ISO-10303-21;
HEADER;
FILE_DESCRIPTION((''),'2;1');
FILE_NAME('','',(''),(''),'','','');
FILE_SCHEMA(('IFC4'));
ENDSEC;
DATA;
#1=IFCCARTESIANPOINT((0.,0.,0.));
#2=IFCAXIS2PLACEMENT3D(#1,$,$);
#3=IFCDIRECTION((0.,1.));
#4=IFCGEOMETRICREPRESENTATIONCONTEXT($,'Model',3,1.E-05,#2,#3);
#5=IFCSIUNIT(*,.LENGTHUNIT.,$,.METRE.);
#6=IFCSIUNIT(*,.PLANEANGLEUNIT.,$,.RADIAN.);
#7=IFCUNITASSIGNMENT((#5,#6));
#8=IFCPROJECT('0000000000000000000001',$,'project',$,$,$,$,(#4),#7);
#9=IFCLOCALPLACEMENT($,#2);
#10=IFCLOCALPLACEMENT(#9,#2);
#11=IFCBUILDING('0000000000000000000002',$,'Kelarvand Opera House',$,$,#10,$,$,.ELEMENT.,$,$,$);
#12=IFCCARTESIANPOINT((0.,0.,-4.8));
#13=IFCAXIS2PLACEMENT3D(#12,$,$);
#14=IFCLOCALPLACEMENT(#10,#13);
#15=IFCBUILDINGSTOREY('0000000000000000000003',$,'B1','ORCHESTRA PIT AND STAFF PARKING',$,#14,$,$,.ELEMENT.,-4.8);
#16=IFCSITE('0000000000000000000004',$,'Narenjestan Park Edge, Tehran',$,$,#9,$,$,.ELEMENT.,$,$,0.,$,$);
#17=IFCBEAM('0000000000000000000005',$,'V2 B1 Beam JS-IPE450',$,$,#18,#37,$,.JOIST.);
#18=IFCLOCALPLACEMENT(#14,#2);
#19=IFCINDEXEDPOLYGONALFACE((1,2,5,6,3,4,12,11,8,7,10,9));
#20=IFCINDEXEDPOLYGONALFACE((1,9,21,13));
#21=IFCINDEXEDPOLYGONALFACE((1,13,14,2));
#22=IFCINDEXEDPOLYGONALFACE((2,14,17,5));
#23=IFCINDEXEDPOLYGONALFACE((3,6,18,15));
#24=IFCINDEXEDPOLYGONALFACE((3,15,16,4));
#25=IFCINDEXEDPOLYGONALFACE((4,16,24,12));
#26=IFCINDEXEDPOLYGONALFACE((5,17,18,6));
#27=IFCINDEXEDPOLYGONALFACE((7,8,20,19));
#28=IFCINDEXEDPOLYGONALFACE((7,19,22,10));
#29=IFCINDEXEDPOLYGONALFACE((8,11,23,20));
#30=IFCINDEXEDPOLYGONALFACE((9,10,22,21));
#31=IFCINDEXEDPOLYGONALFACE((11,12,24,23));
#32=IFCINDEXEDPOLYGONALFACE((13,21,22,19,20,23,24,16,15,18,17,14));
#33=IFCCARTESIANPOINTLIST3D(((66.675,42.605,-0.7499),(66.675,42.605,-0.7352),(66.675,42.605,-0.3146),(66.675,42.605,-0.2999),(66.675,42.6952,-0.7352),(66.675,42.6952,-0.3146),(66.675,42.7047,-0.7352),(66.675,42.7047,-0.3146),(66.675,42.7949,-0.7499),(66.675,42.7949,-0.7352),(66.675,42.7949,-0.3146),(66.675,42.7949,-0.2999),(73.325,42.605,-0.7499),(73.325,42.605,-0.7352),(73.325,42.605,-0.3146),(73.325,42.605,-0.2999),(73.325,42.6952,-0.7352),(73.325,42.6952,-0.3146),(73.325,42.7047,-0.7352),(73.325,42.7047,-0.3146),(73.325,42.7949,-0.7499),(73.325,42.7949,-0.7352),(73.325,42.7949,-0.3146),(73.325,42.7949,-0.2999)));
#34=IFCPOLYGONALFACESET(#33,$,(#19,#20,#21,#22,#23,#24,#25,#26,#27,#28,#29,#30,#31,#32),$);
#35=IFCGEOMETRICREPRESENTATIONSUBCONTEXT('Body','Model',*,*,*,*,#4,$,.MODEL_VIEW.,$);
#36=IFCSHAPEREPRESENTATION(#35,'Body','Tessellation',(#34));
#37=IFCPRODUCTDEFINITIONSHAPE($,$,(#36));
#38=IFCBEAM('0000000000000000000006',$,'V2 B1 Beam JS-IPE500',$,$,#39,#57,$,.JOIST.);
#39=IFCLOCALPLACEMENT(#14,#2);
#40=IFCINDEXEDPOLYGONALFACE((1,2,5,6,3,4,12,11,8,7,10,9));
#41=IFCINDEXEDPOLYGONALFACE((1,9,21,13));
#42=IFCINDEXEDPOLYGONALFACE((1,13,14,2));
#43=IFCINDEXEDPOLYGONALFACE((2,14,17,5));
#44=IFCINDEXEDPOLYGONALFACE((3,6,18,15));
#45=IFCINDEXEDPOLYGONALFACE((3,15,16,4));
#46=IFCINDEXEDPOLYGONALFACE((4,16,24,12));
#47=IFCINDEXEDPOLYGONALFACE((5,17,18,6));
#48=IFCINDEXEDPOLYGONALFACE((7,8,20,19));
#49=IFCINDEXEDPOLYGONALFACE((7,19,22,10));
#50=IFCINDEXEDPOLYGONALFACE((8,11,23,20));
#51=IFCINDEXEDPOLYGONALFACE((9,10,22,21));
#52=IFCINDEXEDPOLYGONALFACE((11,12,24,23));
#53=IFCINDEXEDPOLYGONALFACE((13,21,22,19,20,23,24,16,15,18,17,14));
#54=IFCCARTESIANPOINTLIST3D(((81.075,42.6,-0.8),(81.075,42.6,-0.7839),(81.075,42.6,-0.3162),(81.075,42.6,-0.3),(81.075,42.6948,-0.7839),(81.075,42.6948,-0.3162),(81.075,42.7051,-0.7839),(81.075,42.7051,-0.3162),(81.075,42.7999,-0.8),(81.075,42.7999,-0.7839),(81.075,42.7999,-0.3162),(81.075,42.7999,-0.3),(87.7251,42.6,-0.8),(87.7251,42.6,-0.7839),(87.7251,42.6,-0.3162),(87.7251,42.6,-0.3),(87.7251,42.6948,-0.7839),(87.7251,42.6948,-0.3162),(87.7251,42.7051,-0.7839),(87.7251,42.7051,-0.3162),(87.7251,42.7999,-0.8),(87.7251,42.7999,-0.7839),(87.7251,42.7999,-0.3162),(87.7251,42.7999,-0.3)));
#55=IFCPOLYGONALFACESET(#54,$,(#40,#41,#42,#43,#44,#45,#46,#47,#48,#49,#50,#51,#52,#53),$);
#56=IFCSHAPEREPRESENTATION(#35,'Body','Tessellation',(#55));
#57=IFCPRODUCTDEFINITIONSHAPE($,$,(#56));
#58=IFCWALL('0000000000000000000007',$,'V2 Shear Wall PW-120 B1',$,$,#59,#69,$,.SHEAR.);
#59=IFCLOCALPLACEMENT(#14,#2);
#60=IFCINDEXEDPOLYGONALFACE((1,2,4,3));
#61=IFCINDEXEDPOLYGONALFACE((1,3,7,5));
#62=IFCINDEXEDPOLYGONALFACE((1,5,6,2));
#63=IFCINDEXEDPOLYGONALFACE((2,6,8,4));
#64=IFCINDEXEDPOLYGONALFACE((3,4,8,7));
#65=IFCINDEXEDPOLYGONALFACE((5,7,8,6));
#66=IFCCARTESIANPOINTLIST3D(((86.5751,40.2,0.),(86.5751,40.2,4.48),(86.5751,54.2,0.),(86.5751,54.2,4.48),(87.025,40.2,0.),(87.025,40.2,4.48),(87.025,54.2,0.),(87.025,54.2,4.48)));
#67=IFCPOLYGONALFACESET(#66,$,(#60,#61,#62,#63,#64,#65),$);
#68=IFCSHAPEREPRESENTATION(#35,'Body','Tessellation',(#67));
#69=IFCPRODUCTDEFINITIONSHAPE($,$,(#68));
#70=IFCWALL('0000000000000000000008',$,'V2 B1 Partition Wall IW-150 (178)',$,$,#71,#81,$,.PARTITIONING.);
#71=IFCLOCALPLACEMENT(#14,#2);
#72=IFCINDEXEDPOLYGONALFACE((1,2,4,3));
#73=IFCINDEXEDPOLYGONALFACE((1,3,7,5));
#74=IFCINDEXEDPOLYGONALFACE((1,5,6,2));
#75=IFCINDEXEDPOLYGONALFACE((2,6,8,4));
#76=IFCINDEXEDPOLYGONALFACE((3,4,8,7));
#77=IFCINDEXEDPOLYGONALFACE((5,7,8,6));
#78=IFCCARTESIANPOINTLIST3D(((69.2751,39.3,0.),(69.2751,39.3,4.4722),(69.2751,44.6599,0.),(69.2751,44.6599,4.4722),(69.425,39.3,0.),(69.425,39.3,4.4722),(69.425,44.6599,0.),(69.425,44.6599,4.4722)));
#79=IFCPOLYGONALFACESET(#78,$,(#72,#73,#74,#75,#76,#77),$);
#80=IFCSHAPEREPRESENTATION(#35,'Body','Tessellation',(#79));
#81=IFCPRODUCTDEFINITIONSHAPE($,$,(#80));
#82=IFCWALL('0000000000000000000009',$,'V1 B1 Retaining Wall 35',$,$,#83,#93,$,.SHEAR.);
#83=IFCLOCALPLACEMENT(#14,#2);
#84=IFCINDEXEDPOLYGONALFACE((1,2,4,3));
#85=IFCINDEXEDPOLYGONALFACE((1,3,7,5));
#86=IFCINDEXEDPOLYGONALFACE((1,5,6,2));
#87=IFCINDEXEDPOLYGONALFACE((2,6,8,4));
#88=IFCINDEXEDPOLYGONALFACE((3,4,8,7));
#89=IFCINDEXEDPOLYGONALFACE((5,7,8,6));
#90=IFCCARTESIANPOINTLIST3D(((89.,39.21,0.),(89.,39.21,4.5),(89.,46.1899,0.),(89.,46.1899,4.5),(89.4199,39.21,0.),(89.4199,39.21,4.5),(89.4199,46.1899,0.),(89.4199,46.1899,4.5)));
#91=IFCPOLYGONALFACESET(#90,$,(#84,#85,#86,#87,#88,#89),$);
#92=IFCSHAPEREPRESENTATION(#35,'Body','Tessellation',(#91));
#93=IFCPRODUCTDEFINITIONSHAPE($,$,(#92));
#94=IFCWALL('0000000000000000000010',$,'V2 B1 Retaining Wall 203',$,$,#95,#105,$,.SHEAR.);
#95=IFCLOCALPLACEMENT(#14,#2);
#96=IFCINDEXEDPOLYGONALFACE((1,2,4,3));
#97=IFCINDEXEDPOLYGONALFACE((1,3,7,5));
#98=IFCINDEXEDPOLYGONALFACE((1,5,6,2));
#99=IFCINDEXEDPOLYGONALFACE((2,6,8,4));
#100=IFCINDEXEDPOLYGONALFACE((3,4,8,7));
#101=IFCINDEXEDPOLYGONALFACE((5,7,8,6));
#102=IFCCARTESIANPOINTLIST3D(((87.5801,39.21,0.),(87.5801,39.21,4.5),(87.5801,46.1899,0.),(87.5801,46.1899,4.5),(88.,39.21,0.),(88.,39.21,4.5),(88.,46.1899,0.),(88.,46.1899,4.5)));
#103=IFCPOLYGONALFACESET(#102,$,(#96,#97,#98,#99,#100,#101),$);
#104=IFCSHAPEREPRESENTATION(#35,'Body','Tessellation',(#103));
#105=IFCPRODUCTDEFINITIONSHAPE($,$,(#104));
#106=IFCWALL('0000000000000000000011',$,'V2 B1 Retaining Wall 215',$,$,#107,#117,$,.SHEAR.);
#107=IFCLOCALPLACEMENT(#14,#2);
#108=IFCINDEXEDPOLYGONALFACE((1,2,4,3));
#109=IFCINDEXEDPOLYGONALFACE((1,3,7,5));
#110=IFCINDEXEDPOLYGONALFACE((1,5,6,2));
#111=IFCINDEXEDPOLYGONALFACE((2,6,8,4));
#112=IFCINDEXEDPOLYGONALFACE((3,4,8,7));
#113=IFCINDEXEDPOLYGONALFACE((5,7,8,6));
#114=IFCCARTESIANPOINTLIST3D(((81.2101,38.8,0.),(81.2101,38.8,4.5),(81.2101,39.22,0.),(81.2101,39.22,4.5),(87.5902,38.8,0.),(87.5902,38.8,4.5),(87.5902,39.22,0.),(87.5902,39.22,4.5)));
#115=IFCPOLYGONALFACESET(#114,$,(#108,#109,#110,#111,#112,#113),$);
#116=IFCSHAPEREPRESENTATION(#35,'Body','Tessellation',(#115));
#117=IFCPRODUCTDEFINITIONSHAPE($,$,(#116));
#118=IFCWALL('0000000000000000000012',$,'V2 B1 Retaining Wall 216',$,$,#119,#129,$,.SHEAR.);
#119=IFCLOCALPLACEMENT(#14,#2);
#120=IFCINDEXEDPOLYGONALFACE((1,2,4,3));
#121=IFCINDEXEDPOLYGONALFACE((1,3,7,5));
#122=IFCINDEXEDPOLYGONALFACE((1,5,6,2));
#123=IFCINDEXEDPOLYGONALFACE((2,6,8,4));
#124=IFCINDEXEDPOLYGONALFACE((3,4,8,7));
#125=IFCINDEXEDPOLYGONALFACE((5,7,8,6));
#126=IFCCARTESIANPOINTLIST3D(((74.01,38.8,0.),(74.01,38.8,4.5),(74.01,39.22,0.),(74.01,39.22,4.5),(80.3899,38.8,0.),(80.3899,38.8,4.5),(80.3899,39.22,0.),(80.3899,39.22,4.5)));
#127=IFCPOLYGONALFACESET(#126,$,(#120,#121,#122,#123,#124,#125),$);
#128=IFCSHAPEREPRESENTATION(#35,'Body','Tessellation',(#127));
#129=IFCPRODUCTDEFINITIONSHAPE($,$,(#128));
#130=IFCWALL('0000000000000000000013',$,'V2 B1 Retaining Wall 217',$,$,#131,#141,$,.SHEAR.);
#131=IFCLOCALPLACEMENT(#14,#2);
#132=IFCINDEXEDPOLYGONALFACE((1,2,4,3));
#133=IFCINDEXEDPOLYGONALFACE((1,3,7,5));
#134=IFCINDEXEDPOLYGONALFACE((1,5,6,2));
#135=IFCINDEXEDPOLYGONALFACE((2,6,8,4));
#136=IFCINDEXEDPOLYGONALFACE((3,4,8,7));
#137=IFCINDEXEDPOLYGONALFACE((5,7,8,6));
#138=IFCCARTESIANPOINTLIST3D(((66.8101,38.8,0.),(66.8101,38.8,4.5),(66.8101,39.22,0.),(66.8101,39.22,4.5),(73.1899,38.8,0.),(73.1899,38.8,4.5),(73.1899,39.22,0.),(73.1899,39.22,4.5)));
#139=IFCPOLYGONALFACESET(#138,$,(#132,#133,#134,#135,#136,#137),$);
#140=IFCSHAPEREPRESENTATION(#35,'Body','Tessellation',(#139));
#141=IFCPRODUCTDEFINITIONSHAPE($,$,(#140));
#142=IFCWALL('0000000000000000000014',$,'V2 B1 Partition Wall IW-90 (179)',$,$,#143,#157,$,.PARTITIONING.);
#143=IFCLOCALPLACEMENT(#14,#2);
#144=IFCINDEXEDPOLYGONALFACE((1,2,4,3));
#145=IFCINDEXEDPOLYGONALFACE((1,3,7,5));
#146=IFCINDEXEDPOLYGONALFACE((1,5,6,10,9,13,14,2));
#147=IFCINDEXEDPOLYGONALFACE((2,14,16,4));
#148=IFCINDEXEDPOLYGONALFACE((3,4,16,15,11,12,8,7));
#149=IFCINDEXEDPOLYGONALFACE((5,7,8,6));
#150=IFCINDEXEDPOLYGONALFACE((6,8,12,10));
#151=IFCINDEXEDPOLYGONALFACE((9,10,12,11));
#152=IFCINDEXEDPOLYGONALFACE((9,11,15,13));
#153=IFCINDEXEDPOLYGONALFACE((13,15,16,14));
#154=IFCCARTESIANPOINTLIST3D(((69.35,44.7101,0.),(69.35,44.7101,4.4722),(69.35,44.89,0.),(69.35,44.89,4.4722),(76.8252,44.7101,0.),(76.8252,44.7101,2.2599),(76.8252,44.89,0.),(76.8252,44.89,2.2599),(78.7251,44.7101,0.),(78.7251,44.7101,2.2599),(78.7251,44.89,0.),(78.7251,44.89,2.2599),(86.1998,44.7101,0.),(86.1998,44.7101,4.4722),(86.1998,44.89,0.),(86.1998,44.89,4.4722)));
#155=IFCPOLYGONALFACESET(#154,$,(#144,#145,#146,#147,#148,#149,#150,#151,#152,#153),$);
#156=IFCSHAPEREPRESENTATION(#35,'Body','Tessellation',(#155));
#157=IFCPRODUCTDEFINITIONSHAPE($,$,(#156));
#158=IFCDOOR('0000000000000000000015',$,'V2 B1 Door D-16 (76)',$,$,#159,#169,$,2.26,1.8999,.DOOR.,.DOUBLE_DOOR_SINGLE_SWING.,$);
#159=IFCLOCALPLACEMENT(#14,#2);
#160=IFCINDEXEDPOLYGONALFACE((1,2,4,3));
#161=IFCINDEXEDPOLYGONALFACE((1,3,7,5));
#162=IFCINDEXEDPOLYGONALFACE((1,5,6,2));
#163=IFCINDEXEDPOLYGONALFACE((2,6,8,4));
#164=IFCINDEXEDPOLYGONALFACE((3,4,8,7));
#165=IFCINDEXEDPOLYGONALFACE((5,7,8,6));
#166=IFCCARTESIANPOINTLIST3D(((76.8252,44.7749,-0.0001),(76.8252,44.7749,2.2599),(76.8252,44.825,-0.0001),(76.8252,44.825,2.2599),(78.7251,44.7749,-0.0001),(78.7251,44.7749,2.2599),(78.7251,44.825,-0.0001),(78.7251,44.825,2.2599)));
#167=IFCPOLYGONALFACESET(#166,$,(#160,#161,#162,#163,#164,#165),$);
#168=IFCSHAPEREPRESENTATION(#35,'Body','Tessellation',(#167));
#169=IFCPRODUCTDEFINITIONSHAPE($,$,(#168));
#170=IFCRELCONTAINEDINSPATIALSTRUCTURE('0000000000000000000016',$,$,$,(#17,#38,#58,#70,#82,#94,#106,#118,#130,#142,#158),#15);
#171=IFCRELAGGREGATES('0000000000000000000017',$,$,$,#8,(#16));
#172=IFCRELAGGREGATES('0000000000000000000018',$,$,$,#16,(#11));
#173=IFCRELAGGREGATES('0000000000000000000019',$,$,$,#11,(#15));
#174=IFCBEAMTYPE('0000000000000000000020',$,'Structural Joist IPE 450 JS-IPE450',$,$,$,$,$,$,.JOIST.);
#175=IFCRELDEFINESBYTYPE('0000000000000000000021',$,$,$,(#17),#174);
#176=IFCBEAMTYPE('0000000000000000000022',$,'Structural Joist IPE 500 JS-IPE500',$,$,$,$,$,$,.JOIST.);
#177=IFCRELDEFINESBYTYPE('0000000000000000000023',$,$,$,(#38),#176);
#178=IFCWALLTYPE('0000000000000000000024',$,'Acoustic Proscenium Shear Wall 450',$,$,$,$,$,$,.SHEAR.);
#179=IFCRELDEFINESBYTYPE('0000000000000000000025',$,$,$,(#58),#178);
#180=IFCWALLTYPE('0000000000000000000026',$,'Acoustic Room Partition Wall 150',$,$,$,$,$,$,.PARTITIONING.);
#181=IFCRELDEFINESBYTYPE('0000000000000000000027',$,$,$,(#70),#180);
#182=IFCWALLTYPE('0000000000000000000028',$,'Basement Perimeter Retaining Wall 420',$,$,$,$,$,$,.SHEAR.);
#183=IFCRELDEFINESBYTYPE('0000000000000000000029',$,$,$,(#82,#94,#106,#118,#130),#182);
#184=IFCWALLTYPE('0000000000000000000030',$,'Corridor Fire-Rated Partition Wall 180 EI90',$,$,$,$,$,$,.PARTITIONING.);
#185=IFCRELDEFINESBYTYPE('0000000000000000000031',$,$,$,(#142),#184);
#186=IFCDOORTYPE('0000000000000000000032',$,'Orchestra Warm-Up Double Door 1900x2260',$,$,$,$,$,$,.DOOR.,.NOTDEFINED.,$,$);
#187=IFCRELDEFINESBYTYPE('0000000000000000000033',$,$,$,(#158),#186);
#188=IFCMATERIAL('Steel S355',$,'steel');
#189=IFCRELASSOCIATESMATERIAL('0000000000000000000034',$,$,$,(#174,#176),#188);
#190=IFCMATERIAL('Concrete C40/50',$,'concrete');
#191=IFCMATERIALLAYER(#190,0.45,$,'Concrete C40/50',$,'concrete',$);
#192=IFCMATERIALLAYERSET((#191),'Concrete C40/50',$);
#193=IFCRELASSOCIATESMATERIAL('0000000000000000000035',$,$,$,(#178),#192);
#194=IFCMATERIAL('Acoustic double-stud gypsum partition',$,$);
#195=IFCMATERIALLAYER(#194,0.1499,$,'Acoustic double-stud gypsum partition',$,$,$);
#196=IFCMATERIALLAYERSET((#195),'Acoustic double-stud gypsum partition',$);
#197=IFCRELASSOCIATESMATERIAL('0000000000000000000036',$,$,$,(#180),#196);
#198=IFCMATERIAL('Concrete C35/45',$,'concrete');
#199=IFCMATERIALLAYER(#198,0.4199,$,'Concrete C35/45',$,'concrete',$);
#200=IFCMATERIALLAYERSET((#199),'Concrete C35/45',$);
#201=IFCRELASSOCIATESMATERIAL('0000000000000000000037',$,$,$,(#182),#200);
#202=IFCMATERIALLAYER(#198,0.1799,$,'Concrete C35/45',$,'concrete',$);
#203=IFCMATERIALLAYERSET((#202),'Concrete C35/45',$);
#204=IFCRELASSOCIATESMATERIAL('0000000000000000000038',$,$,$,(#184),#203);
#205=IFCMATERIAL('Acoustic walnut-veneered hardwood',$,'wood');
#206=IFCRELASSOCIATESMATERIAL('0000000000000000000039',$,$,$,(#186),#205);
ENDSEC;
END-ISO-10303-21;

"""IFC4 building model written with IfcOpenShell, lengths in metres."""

from ifc_helpers import new_model, si_unit, direction, frame, frame_2d, origin, origin_2d, place, context, subcontext, project, spatial, rectangle, i_section, extrude, material, layer, layer_set, material_profile, profile_set, type_object, element, fill, save


model = new_model("IFC4")

# Units and contexts
model_context = context("Model", 3, precision=1e-05, world=origin(), true_north=direction((0.0, 1.0)))
body_context = subcontext(model_context, "Body", "Model", "MODEL_VIEW")
ifc_project = project(units=[si_unit("LENGTHUNIT", "METRE"), si_unit("PLANEANGLEUNIT", "RADIAN")], contexts=[model_context])

# Site, building, storey
site_placement = place(None, origin())
site = spatial("IfcSite", under=ifc_project, at=site_placement, Name="Narenjestan Park Edge, Tehran", CompositionType="ELEMENT", RefElevation=0.0)
building_placement = place(site_placement, origin())
building = spatial("IfcBuilding", under=site, at=building_placement, Name="Kelarvand Opera House", CompositionType="ELEMENT")
storey_placement = place(building_placement, frame((0.0, 0.0, -4.8)))
storey = spatial("IfcBuildingStorey", under=building, at=storey_placement, Name="B1", Description="ORCHESTRA PIT AND STAFF PARKING", CompositionType="ELEMENT", Elevation=-4.8)

# Shared definitions
ifc_material_1 = material(Name="Concrete C40/50", Category="concrete")

# Beams
ifc_material_2 = material(Name="Steel S355", Category="steel")
ifc_material_profile_1 = material_profile(ifc_material_2, i_section(OverallWidth=0.1899, OverallDepth=0.45, WebThickness=0.0095, FlangeThickness=0.0146, at=origin_2d()), Name="IPE 450", Category="steel")
ifc_profile_set_1 = profile_set([ifc_material_profile_1], Name="Steel S355")
beam_type_1 = type_object("IfcBeamType", Name="Structural Joist IPE 450 JS-IPE450", PredefinedType="JOIST", material=ifc_profile_set_1)
beam_1_placement = place(storey_placement, frame((66.675, 42.7, -0.5249), z_axis=(1.0, 0.0, 0.0), x_axis=(0.0, 1.0, 0.0)))
element("IfcBeam", 1, at=beam_1_placement, inside=storey, type_object=beam_type_1, Name="V2 B1 Beam JS-IPE450", PredefinedType="JOIST", context=body_context, shape_type="SweptSolid", body=[
    extrude(i_section(OverallWidth=0.1899, OverallDepth=0.45, WebThickness=0.0095, FlangeThickness=0.0146, at=origin_2d()), origin(), (0.0, 0.0, 1.0), 6.6499),
])
ifc_material_profile_2 = material_profile(ifc_material_2, i_section(OverallWidth=0.2, OverallDepth=0.5, WebThickness=0.0103, FlangeThickness=0.0161, at=origin_2d()), Name="IPE 500", Category="steel")
ifc_profile_set_2 = profile_set([ifc_material_profile_2], Name="Steel S355")
beam_type_2 = type_object("IfcBeamType", Name="Structural Joist IPE 500 JS-IPE500", PredefinedType="JOIST", material=ifc_profile_set_2)
beam_2_placement = place(storey_placement, frame((81.075, 42.7, -0.55), z_axis=(1.0, 0.0, 0.0), x_axis=(0.0, 1.0, 0.0)))
element("IfcBeam", 2, at=beam_2_placement, inside=storey, type_object=beam_type_2, Name="V2 B1 Beam JS-IPE500", PredefinedType="JOIST", context=body_context, shape_type="SweptSolid", body=[
    extrude(i_section(OverallWidth=0.2, OverallDepth=0.5, WebThickness=0.0103, FlangeThickness=0.0161, at=origin_2d()), origin(), (0.0, 0.0, 1.0), 6.6501),
])

# Walls
ifc_layer_1 = layer(ifc_material_1, 0.45, Name="Concrete C40/50", Category="concrete")
ifc_layer_set_1 = layer_set([ifc_layer_1], Name="Concrete C40/50")
wall_type_1 = type_object("IfcWallType", Name="Acoustic Proscenium Shear Wall 450", PredefinedType="SHEAR", material=ifc_layer_set_1)
wall_1_placement = place(storey_placement, frame((86.8, 40.2, 0.0), z_axis=(0.0, 0.0, 1.0), x_axis=(0.0, 1.0, 0.0)))
element("IfcWall", 3, at=wall_1_placement, inside=storey, type_object=wall_type_1, Name="V2 Shear Wall PW-120 B1", PredefinedType="SHEAR", context=body_context, shape_type="SweptSolid", body=[
    extrude(rectangle(XDim=14.0, YDim=0.45, at=frame_2d((7.0, 0.0))), origin(), (0.0, 0.0, 1.0), 4.48),
])
ifc_material_3 = material(Name="Acoustic double-stud gypsum partition")
ifc_layer_2 = layer(ifc_material_3, 0.1499, Name="Acoustic double-stud gypsum partition")
ifc_layer_set_2 = layer_set([ifc_layer_2], Name="Acoustic double-stud gypsum partition")
wall_type_2 = type_object("IfcWallType", Name="Acoustic Room Partition Wall 150", PredefinedType="PARTITIONING", material=ifc_layer_set_2)
wall_2_placement = place(storey_placement, frame((69.3501, 39.3, 0.0), z_axis=(0.0, 0.0, 1.0), x_axis=(0.0, 1.0, 0.0)))
element("IfcWall", 4, at=wall_2_placement, inside=storey, type_object=wall_type_2, Name="V2 B1 Partition Wall IW-150 (178)", PredefinedType="PARTITIONING", context=body_context, shape_type="SweptSolid", body=[
    extrude(rectangle(XDim=5.3599, YDim=0.1499, at=frame_2d((2.6799, 0.0))), origin(), (0.0, 0.0, 1.0), 4.4722),
])
ifc_material_4 = material(Name="Concrete C35/45", Category="concrete")
ifc_layer_3 = layer(ifc_material_4, 0.4199, Name="Concrete C35/45", Category="concrete")
ifc_layer_set_3 = layer_set([ifc_layer_3], Name="Concrete C35/45")
wall_type_3 = type_object("IfcWallType", Name="Basement Perimeter Retaining Wall 420", PredefinedType="SHEAR", material=ifc_layer_set_3)
for number, where, z_axis, x_axis, name in (
    (5, (89.21, 39.21, 0.0), (0.0, 0.0, 1.0), (0.0, 1.0, 0.0), "V1 B1 Retaining Wall 35"),
    (6, (87.79, 46.1899, 0.0), (0.0, 0.0, 1.0), (0.0, -1.0, 0.0), "V2 B1 Retaining Wall 203"),
):
    element("IfcWall", number, at=place(storey_placement, frame(where, z_axis=z_axis, x_axis=x_axis)), inside=storey, type_object=wall_type_3, Name=name, PredefinedType="SHEAR", context=body_context, shape_type="SweptSolid", body=[
        extrude(rectangle(XDim=6.98, YDim=0.4199, at=frame_2d((3.49, 0.0))), origin(), (0.0, 0.0, 1.0), 4.5),
    ])
wall_3_placement = place(storey_placement, frame((87.5901, 39.01, 0.0), z_axis=(0.0, 0.0, 1.0), x_axis=(-1.0, 0.0, 0.0)))
element("IfcWall", 7, at=wall_3_placement, inside=storey, type_object=wall_type_3, Name="V2 B1 Retaining Wall 215", PredefinedType="SHEAR", context=body_context, shape_type="SweptSolid", body=[
    extrude(rectangle(XDim=6.3801, YDim=0.4199, at=frame_2d((3.1899, 0.0))), origin(), (0.0, 0.0, 1.0), 4.5),
])
for number, where, z_axis, x_axis, name in (
    (8, (80.3899, 39.01, 0.0), (0.0, 0.0, 1.0), (-1.0, 0.0, 0.0), "V2 B1 Retaining Wall 216"),
    (9, (73.1899, 39.01, 0.0), (0.0, 0.0, 1.0), (-1.0, 0.0, 0.0), "V2 B1 Retaining Wall 217"),
):
    element("IfcWall", number, at=place(storey_placement, frame(where, z_axis=z_axis, x_axis=x_axis)), inside=storey, type_object=wall_type_3, Name=name, PredefinedType="SHEAR", context=body_context, shape_type="SweptSolid", body=[
        extrude(rectangle(XDim=6.3799, YDim=0.4199, at=frame_2d((3.1899, 0.0))), origin(), (0.0, 0.0, 1.0), 4.5),
    ])

# Wall, opening, door
ifc_layer_4 = layer(ifc_material_4, 0.1799, Name="Concrete C35/45", Category="concrete")
ifc_layer_set_4 = layer_set([ifc_layer_4], Name="Concrete C35/45")
wall_type_4 = type_object("IfcWallType", Name="Corridor Fire-Rated Partition Wall 180 EI90", PredefinedType="PARTITIONING", material=ifc_layer_set_4)
wall_4_placement = place(storey_placement, frame((69.3501, 44.8, 0.0), z_axis=(0.0, 0.0, 1.0), x_axis=(1.0, 0.0, 0.0)))
wall_4 = element("IfcWall", 10, at=wall_4_placement, inside=storey, type_object=wall_type_4, Name="V2 B1 Partition Wall IW-90 (179)", PredefinedType="PARTITIONING", context=body_context, shape_type="SweptSolid", body=[
    extrude(rectangle(XDim=16.8499, YDim=0.1799, at=frame_2d((8.4248, 0.0))), origin(), (0.0, 0.0, 1.0), 4.4722),
])
opening_placement = place(wall_4_placement, frame((7.4751, 0.0, 0.0)))
opening = element("IfcOpeningElement", 11, at=opening_placement, cuts=wall_4, PredefinedType="OPENING", context=body_context, shape_type="SweptSolid", body=[
    extrude(rectangle(XDim=1.8999, YDim=2.26, at=frame_2d((0.95, 1.1299))), frame((0.0, 0.1001, 0.0), z_axis=(0.0, -1.0, 0.0), x_axis=(1.0, 0.0, 0.0)), (0.0, 0.0, 1.0), 0.2),
])
ifc_material_5 = material(Name="Acoustic walnut-veneered hardwood", Category="wood")
door_type = type_object("IfcDoorType", Name="Orchestra Warm-Up Double Door 1900x2260", OperationType="NOTDEFINED", PredefinedType="DOOR", material=ifc_material_5)
door_placement = place(opening_placement, origin())
door = element("IfcDoor", 12, at=door_placement, inside=storey, type_object=door_type, Name="V2 B1 Door D-16 (76)", OperationType="DOUBLE_DOOR_SINGLE_SWING", OverallHeight=2.26, OverallWidth=1.8999, PredefinedType="DOOR", context=body_context, shape_type="SweptSolid", body=[
    extrude(rectangle(XDim=1.8999, YDim=2.26, at=frame_2d((0.95, 1.1299))), frame((0.0, 0.0249, 0.0), z_axis=(0.0, -1.0, 0.0), x_axis=(1.0, 0.0, 0.0)), (0.0, 0.0, 1.0), 0.05),
])
fill(opening, door)

save(model, "model.ifc")
